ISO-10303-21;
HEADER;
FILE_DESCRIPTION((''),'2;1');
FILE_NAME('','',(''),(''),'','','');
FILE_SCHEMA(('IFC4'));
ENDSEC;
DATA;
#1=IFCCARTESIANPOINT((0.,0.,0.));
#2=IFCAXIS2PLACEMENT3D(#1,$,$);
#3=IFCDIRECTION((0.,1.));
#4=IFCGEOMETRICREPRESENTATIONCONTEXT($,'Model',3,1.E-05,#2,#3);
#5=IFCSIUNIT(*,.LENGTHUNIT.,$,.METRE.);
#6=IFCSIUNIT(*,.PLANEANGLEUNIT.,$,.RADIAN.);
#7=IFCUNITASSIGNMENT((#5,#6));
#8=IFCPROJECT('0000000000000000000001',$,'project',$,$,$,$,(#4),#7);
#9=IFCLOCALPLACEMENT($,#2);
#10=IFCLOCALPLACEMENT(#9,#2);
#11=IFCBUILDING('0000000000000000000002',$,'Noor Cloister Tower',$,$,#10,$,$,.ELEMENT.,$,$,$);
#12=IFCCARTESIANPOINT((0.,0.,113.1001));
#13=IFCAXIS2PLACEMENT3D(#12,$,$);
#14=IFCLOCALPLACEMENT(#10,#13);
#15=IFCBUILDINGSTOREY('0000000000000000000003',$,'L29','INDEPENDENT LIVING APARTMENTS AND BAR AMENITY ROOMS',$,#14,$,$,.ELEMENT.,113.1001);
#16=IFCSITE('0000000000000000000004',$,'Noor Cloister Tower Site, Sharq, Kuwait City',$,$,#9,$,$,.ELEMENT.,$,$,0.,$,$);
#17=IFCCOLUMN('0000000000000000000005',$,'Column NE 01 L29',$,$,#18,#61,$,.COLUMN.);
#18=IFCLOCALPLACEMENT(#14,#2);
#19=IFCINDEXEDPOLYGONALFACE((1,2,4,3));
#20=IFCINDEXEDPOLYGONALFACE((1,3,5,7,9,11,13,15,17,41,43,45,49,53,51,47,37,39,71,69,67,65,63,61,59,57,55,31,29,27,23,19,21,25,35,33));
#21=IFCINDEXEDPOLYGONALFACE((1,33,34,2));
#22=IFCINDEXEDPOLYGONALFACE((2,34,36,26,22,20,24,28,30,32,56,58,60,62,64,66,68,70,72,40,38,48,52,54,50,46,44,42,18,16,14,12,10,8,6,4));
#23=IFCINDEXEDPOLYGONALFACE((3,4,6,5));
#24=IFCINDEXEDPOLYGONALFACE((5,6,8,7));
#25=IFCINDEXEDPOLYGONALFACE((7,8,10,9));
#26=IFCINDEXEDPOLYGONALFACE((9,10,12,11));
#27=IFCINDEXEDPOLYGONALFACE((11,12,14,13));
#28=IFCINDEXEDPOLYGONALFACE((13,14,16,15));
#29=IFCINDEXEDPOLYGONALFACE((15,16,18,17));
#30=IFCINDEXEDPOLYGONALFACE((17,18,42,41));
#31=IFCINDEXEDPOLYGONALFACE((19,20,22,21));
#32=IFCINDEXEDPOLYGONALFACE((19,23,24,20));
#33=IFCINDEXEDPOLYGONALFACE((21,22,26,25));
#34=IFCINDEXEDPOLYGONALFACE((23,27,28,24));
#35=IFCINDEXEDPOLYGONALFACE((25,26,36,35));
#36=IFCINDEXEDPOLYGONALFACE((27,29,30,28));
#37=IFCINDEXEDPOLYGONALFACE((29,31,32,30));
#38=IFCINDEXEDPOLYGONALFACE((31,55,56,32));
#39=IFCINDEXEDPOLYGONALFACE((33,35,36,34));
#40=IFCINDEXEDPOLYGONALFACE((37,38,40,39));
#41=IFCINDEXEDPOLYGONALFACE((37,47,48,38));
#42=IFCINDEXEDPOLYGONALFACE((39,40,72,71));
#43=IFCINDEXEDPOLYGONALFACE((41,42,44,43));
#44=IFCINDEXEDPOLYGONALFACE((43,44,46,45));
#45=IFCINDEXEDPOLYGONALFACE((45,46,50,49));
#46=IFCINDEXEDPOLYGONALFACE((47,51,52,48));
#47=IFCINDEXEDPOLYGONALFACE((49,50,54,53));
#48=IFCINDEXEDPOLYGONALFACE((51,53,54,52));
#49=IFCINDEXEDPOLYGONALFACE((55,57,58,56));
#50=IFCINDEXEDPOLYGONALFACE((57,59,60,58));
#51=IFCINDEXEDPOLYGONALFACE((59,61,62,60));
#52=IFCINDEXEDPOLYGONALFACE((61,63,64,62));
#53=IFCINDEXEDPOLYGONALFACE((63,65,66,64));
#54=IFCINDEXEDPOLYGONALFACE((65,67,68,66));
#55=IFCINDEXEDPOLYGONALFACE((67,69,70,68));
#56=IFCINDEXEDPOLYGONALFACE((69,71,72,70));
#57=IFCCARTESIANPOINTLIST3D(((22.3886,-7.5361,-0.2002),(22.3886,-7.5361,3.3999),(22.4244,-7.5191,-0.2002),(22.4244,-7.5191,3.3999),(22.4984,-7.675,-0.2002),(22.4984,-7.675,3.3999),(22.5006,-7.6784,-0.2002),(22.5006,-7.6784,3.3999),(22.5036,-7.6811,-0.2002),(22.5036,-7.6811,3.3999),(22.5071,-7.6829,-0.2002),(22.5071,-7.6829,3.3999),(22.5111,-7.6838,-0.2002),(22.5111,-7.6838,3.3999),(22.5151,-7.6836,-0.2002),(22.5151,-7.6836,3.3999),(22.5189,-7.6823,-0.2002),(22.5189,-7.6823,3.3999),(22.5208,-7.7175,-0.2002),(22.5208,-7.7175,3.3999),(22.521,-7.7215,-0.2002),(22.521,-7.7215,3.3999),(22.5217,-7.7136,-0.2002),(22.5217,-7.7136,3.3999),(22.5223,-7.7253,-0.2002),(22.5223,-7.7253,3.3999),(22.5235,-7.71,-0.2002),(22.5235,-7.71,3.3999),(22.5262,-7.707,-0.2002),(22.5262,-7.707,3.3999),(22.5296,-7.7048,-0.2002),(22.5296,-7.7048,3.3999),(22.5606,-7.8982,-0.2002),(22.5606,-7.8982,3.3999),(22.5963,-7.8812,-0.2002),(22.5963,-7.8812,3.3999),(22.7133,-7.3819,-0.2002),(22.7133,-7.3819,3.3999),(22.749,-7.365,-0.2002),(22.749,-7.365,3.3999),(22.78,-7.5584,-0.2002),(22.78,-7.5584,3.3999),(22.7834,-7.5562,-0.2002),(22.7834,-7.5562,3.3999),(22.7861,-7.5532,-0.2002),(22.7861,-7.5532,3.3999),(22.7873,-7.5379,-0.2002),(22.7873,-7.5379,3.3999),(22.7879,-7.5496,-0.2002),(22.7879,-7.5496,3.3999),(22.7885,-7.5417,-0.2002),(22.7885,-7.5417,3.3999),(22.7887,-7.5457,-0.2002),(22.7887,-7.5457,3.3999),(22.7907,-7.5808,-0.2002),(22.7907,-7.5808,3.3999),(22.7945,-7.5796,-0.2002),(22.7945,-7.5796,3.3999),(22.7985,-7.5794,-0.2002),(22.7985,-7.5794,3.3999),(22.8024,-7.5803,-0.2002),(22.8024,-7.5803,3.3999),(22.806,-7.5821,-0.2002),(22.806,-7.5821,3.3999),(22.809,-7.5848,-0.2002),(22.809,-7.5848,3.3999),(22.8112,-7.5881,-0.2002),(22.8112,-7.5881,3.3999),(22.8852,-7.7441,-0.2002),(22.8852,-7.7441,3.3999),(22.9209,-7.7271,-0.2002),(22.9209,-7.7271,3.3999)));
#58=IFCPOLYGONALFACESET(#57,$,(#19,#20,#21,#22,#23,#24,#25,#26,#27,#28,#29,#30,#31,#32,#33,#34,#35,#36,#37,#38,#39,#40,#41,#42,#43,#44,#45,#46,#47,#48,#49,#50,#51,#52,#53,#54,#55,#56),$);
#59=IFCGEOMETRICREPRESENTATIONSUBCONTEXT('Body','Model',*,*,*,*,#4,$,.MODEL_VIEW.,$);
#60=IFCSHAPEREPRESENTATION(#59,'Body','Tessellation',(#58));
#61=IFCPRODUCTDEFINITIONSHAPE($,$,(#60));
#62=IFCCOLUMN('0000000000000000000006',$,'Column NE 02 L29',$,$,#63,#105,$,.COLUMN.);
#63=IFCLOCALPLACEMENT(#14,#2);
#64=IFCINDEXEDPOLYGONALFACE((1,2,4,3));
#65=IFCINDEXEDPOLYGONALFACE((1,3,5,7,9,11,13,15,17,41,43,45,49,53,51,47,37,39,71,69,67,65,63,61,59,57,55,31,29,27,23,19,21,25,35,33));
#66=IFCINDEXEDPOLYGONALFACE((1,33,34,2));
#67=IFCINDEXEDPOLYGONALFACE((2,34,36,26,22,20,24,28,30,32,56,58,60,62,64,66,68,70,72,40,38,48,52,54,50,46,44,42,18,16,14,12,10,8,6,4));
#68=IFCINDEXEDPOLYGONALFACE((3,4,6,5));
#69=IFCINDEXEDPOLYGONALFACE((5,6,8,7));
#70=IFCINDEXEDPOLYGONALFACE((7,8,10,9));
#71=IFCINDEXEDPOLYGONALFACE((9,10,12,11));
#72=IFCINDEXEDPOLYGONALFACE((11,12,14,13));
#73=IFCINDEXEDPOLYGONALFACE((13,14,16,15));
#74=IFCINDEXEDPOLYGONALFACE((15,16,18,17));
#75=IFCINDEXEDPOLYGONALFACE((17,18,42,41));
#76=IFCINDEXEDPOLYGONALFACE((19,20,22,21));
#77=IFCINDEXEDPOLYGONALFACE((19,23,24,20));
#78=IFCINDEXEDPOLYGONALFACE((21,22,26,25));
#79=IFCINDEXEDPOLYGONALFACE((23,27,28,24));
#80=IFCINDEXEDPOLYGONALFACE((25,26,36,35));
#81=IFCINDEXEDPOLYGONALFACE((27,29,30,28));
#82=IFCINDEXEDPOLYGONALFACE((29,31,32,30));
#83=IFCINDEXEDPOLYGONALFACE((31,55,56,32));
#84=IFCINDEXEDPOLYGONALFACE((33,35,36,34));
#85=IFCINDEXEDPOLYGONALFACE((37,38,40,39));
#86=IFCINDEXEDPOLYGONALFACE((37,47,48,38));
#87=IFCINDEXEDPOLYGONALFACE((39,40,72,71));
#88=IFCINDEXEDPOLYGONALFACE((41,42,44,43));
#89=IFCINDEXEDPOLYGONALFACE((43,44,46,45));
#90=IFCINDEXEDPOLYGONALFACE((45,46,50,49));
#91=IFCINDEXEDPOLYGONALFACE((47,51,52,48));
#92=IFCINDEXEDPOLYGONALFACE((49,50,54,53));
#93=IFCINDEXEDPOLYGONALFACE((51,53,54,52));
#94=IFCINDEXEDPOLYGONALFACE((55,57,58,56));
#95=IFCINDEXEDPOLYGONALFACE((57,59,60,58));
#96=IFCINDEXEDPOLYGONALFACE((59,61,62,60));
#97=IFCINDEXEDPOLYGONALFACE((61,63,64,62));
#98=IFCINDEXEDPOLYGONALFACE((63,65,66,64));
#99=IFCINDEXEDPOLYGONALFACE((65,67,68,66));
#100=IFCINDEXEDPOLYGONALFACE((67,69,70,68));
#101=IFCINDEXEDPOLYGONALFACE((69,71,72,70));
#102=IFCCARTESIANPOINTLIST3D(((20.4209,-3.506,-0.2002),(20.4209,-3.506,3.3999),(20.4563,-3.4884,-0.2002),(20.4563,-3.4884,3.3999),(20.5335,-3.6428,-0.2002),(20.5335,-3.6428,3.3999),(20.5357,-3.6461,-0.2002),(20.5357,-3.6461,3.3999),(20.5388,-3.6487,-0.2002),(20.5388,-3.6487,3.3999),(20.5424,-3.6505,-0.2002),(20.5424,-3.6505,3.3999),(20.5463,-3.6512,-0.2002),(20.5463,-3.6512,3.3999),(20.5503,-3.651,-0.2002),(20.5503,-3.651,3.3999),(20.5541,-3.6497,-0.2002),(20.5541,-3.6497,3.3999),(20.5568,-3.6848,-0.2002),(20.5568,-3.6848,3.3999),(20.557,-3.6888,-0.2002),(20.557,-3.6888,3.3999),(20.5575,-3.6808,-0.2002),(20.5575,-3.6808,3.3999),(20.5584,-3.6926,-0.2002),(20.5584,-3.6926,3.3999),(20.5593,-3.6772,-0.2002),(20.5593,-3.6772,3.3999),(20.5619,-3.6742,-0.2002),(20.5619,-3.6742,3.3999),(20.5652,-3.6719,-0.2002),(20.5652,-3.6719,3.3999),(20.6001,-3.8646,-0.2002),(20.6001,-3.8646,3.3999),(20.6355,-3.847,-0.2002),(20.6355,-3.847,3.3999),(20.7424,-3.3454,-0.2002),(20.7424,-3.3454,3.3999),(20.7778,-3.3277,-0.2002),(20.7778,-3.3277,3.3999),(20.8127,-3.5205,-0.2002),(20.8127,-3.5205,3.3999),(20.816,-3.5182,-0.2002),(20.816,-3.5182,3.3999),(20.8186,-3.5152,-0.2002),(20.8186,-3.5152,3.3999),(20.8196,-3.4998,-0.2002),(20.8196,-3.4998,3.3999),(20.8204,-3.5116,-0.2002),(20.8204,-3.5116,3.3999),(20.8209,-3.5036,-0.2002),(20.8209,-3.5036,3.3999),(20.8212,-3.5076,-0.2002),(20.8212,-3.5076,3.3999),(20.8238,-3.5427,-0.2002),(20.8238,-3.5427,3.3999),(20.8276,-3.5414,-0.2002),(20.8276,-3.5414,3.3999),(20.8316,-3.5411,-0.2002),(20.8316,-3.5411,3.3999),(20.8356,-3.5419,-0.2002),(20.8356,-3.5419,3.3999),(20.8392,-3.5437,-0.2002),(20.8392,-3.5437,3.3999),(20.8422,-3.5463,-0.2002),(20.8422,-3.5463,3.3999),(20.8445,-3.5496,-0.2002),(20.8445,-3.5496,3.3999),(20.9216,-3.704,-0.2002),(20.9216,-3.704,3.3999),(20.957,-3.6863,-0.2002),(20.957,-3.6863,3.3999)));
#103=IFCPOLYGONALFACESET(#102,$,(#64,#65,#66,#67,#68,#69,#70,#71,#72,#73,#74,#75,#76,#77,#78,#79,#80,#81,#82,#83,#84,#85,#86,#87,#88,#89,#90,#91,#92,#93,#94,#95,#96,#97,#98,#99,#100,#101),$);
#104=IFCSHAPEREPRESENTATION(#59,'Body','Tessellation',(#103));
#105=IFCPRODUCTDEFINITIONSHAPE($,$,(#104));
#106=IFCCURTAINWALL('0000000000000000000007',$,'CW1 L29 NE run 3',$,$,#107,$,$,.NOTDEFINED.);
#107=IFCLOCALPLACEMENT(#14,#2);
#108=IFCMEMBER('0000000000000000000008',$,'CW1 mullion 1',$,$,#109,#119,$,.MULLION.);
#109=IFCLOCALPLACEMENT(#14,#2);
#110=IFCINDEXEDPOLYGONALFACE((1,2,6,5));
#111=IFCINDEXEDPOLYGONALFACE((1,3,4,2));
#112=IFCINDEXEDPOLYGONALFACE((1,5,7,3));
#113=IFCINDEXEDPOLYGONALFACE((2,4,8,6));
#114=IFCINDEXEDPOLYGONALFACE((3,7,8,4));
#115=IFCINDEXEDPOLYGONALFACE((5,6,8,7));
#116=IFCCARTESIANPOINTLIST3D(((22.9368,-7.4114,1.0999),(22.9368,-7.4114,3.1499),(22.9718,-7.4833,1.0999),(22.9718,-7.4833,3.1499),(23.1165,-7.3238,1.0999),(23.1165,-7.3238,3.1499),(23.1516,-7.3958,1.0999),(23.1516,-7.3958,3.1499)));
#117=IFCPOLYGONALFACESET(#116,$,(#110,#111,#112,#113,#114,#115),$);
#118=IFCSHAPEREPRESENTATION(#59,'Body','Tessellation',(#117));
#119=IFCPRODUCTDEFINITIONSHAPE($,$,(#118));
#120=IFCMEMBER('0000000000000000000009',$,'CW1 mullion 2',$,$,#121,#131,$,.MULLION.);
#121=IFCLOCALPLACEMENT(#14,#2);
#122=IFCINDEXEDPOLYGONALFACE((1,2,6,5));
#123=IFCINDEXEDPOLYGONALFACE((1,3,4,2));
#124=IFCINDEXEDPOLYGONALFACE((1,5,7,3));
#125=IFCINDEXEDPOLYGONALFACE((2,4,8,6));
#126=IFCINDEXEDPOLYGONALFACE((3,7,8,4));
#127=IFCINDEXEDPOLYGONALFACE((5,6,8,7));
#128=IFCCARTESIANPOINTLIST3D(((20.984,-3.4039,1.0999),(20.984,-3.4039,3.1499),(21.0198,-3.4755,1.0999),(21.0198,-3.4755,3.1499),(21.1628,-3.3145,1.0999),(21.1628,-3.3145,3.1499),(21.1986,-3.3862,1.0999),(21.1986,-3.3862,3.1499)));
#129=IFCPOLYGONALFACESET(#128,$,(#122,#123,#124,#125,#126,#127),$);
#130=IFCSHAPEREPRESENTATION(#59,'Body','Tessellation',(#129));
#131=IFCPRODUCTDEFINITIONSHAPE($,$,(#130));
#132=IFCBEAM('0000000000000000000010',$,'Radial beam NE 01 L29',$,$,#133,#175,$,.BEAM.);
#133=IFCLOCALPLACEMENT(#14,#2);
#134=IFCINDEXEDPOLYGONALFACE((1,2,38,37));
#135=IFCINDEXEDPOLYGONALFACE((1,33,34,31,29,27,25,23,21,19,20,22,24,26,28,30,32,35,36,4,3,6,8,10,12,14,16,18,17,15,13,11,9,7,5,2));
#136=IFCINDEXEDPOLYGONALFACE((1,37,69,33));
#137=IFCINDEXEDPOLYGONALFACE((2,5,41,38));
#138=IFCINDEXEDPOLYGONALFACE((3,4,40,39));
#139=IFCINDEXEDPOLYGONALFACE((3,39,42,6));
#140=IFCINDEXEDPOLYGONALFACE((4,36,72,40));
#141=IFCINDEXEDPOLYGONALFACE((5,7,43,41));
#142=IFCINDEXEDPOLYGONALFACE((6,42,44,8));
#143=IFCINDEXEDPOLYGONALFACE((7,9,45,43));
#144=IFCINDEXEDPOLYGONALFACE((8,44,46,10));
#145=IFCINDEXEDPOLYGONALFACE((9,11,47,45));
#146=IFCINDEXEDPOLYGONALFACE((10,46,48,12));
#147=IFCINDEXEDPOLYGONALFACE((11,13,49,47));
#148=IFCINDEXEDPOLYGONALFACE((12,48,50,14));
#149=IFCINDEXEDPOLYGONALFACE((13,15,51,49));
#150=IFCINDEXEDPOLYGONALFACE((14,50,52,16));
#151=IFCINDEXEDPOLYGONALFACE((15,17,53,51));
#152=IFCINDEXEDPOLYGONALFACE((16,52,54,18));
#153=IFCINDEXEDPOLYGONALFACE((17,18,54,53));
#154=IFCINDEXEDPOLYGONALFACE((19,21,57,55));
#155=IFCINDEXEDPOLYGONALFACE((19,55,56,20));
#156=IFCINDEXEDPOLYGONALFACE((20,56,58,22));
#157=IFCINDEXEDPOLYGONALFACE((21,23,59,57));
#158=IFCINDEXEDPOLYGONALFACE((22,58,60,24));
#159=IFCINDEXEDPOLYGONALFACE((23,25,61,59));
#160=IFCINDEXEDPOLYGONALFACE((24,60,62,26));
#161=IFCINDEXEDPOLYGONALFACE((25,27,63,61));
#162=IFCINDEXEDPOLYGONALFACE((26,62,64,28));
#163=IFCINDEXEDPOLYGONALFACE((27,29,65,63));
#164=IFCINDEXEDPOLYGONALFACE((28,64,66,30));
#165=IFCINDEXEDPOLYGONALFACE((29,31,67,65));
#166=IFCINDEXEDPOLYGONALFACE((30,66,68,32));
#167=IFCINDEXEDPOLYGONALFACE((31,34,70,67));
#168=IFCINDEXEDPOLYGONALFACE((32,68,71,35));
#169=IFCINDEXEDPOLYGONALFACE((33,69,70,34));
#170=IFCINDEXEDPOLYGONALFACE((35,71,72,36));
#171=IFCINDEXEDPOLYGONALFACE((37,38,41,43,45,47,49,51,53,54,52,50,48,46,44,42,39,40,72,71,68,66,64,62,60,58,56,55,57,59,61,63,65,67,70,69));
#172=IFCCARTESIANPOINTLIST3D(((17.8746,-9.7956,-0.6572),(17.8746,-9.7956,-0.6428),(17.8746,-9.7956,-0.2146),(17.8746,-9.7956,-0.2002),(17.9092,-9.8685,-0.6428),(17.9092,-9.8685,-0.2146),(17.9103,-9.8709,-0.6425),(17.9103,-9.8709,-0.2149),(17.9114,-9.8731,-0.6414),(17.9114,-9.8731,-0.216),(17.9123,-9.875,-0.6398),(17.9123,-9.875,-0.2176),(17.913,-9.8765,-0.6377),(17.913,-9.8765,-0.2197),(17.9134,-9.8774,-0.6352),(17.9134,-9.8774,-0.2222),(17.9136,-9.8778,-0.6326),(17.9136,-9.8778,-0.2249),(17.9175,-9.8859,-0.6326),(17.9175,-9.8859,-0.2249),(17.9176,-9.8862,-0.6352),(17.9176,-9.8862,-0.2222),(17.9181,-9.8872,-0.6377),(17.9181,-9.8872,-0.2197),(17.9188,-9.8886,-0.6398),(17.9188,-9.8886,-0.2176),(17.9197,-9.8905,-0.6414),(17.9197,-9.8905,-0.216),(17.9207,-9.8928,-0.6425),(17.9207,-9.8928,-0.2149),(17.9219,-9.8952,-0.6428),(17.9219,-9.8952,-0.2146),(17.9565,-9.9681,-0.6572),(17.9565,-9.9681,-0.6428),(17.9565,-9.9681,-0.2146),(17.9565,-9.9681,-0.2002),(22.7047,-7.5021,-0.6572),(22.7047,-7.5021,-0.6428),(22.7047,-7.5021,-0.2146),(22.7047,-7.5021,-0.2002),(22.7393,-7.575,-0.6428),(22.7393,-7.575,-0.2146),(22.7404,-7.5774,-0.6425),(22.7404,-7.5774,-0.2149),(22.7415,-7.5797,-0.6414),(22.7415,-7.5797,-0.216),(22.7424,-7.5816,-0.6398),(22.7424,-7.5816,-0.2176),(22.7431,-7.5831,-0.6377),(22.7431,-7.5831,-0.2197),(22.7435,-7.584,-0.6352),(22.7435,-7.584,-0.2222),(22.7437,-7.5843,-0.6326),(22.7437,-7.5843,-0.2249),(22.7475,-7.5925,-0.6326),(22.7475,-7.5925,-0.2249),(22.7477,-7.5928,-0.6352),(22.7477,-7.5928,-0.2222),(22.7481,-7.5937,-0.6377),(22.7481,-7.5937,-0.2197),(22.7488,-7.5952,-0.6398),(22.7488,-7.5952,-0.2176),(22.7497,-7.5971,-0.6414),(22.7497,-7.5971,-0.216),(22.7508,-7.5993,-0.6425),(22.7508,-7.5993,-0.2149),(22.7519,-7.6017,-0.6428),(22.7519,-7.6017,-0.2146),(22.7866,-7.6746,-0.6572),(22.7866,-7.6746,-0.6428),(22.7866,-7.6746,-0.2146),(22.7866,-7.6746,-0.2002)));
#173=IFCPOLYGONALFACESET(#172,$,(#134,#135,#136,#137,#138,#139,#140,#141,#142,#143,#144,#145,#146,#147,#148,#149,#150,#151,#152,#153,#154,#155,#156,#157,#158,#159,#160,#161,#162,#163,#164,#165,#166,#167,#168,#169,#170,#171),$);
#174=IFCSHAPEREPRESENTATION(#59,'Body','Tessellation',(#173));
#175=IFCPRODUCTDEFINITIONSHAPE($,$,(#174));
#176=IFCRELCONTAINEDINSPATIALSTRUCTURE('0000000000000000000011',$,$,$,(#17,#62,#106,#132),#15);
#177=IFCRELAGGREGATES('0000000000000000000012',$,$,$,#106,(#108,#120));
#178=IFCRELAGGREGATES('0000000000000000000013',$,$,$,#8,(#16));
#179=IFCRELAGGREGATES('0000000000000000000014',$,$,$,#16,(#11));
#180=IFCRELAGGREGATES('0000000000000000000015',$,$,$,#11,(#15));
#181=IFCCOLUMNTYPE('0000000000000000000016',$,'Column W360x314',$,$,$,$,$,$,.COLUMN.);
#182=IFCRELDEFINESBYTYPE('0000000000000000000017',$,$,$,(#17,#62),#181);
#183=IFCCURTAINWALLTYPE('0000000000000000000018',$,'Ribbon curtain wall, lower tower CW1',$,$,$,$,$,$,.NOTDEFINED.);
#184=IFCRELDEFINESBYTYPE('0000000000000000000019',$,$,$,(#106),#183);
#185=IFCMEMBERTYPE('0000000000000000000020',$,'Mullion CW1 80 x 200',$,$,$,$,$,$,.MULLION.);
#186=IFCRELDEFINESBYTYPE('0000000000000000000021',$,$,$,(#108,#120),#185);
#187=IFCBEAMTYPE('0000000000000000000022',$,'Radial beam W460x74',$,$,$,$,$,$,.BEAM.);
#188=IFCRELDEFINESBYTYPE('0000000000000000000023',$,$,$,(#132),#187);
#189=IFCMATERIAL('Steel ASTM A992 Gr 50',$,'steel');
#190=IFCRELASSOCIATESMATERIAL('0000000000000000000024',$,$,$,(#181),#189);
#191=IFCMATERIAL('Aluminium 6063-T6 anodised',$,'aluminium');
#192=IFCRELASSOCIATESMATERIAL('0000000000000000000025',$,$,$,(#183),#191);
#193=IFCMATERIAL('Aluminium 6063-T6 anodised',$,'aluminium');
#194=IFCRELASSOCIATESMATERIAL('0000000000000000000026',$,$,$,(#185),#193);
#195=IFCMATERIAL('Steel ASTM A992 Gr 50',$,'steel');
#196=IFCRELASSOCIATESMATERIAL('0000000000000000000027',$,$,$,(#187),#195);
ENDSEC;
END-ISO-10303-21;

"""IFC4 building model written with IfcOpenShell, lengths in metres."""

from ifc_helpers import new_model, si_unit, direction, frame, origin, origin_2d, place, context, subcontext, project, spatial, rectangle, i_section, extrude, material, material_profile, profile_set, type_object, element, aggregate, save


model = new_model("IFC4")

# Units and contexts
model_context = context("Model", 3, precision=1e-05, world=origin(), true_north=direction((0.0, 1.0)))
body_context = subcontext(model_context, "Body", "Model", "MODEL_VIEW")
ifc_project = project(units=[si_unit("LENGTHUNIT", "METRE"), si_unit("PLANEANGLEUNIT", "RADIAN")], contexts=[model_context])

# Site, building, storey
site_placement = place(None, origin())
site = spatial("IfcSite", under=ifc_project, at=site_placement, Name="Noor Cloister Tower Site, Sharq, Kuwait City", CompositionType="ELEMENT", RefElevation=0.0)
building_placement = place(site_placement, origin())
building = spatial("IfcBuilding", under=site, at=building_placement, Name="Noor Cloister Tower", CompositionType="ELEMENT")
storey_placement = place(building_placement, frame((0.0, 0.0, 113.1001)))
storey = spatial("IfcBuildingStorey", under=building, at=storey_placement, Name="L29", Description="INDEPENDENT LIVING APARTMENTS AND BAR AMENITY ROOMS", CompositionType="ELEMENT", Elevation=113.1001)

# Columns
ifc_material_1 = material(Name="Steel ASTM A992 Gr 50", Category="steel")
ifc_material_profile_1 = material_profile(ifc_material_1, i_section(OverallWidth=0.4009, OverallDepth=0.3989, WebThickness=0.0249, FlangeThickness=0.0396, FilletRadius=0.0154, at=origin_2d()), Name="W360x314")
ifc_profile_set_1 = profile_set([ifc_material_profile_1], Name="Steel ASTM A992 Gr 50")
column_type = type_object("IfcColumnType", Name="Column W360x314", PredefinedType="COLUMN", material=ifc_profile_set_1)
for number, where, z_axis, x_axis, name in (
    (1, (22.6548, -7.6316, -0.2002), (0.0, 0.0, 1.0), (-0.428908, 0.903348, 0.0), "Column NE 01 L29"),
    (2, (20.689, -3.5962, -0.2002), (0.0, 0.0, 1.0), (-0.446959, 0.894555, 0.0), "Column NE 02 L29"),
):
    element("IfcColumn", number, at=place(storey_placement, frame(where, z_axis=z_axis, x_axis=x_axis)), inside=storey, type_object=column_type, Name=name, PredefinedType="COLUMN", context=body_context, shape_type="SweptSolid", body=[
        extrude(i_section(OverallWidth=0.4009, OverallDepth=0.3989, WebThickness=0.0249, FlangeThickness=0.0396, FilletRadius=0.0154, at=origin_2d()), origin(), (0.0, 0.0, 1.0), 3.6001),
    ])

# Curtain wall, members
ifc_material_2 = material(Name="Aluminium 6063-T6 anodised", Category="aluminium")
curtain_wall_type = type_object("IfcCurtainWallType", Name="Ribbon curtain wall, lower tower CW1", PredefinedType="NOTDEFINED", material=ifc_material_2)
curtain_wall_placement = place(storey_placement, origin())
curtain_wall = element("IfcCurtainWall", 3, at=curtain_wall_placement, inside=storey, type_object=curtain_wall_type, Name="CW1 L29 NE run 3", PredefinedType="NOTDEFINED")
ifc_material_3 = material(Name="Aluminium 6063-T6 anodised", Category="aluminium")
ifc_material_profile_2 = material_profile(ifc_material_3, rectangle(XDim=0.2, YDim=0.0801, at=origin_2d()), Name="200 x 80 mullion")
ifc_profile_set_2 = profile_set([ifc_material_profile_2], Name="Aluminium 6063-T6 anodised")
member_type = type_object("IfcMemberType", Name="Mullion CW1 80 x 200", PredefinedType="MULLION", material=ifc_profile_set_2)
member_1_placement = place(storey_placement, frame((23.0442, -7.4036, 1.0999), z_axis=(0.0, 0.0, 1.0), x_axis=(-0.898997, -0.437955, 0.0)))
member_1 = element("IfcMember", 4, at=member_1_placement, type_object=member_type, Name="CW1 mullion 1", PredefinedType="MULLION", context=body_context, shape_type="SweptSolid", body=[
    extrude(rectangle(XDim=0.2, YDim=0.0801, at=origin_2d()), origin(), (0.0, 0.0, 1.0), 2.05),
])
member_2_placement = place(storey_placement, frame((21.0913, -3.395, 1.0999), z_axis=(0.0, 0.0, 1.0), x_axis=(-0.894555, -0.446959, 0.0)))
member_2 = element("IfcMember", 5, at=member_2_placement, type_object=member_type, Name="CW1 mullion 2", PredefinedType="MULLION", context=body_context, shape_type="SweptSolid", body=[
    extrude(rectangle(XDim=0.2, YDim=0.0801, at=origin_2d()), origin(), (0.0, 0.0, 1.0), 2.05),
])

# Beam
ifc_material_4 = material(Name="Steel ASTM A992 Gr 50", Category="steel")
ifc_material_profile_3 = material_profile(ifc_material_4, i_section(OverallWidth=0.1909, OverallDepth=0.457, WebThickness=0.009, FlangeThickness=0.0144, FilletRadius=0.0103, at=origin_2d()), Name="W460x74")
ifc_profile_set_3 = profile_set([ifc_material_profile_3], Name="Steel ASTM A992 Gr 50")
beam_type_1 = type_object("IfcBeamType", Name="Radial beam W460x74", PredefinedType="BEAM", material=ifc_profile_set_3)
beam_1_placement = place(storey_placement, frame((22.7456, -7.5884, -0.4287), z_axis=(-0.903338, -0.42893, 0.0), x_axis=(0.42893, -0.903338, 0.0)))
element("IfcBeam", 6, at=beam_1_placement, inside=storey, type_object=beam_type_1, Name="Radial beam NE 01 L29", PredefinedType="BEAM", context=body_context, shape_type="SweptSolid", body=[
    extrude(i_section(OverallWidth=0.1909, OverallDepth=0.457, WebThickness=0.009, FlangeThickness=0.0144, FilletRadius=0.0103, at=origin_2d()), origin(), (0.0, 0.0, 1.0), 5.3469),
])

aggregate(curtain_wall, [member_1, member_2])

save(model, "model.ifc")
